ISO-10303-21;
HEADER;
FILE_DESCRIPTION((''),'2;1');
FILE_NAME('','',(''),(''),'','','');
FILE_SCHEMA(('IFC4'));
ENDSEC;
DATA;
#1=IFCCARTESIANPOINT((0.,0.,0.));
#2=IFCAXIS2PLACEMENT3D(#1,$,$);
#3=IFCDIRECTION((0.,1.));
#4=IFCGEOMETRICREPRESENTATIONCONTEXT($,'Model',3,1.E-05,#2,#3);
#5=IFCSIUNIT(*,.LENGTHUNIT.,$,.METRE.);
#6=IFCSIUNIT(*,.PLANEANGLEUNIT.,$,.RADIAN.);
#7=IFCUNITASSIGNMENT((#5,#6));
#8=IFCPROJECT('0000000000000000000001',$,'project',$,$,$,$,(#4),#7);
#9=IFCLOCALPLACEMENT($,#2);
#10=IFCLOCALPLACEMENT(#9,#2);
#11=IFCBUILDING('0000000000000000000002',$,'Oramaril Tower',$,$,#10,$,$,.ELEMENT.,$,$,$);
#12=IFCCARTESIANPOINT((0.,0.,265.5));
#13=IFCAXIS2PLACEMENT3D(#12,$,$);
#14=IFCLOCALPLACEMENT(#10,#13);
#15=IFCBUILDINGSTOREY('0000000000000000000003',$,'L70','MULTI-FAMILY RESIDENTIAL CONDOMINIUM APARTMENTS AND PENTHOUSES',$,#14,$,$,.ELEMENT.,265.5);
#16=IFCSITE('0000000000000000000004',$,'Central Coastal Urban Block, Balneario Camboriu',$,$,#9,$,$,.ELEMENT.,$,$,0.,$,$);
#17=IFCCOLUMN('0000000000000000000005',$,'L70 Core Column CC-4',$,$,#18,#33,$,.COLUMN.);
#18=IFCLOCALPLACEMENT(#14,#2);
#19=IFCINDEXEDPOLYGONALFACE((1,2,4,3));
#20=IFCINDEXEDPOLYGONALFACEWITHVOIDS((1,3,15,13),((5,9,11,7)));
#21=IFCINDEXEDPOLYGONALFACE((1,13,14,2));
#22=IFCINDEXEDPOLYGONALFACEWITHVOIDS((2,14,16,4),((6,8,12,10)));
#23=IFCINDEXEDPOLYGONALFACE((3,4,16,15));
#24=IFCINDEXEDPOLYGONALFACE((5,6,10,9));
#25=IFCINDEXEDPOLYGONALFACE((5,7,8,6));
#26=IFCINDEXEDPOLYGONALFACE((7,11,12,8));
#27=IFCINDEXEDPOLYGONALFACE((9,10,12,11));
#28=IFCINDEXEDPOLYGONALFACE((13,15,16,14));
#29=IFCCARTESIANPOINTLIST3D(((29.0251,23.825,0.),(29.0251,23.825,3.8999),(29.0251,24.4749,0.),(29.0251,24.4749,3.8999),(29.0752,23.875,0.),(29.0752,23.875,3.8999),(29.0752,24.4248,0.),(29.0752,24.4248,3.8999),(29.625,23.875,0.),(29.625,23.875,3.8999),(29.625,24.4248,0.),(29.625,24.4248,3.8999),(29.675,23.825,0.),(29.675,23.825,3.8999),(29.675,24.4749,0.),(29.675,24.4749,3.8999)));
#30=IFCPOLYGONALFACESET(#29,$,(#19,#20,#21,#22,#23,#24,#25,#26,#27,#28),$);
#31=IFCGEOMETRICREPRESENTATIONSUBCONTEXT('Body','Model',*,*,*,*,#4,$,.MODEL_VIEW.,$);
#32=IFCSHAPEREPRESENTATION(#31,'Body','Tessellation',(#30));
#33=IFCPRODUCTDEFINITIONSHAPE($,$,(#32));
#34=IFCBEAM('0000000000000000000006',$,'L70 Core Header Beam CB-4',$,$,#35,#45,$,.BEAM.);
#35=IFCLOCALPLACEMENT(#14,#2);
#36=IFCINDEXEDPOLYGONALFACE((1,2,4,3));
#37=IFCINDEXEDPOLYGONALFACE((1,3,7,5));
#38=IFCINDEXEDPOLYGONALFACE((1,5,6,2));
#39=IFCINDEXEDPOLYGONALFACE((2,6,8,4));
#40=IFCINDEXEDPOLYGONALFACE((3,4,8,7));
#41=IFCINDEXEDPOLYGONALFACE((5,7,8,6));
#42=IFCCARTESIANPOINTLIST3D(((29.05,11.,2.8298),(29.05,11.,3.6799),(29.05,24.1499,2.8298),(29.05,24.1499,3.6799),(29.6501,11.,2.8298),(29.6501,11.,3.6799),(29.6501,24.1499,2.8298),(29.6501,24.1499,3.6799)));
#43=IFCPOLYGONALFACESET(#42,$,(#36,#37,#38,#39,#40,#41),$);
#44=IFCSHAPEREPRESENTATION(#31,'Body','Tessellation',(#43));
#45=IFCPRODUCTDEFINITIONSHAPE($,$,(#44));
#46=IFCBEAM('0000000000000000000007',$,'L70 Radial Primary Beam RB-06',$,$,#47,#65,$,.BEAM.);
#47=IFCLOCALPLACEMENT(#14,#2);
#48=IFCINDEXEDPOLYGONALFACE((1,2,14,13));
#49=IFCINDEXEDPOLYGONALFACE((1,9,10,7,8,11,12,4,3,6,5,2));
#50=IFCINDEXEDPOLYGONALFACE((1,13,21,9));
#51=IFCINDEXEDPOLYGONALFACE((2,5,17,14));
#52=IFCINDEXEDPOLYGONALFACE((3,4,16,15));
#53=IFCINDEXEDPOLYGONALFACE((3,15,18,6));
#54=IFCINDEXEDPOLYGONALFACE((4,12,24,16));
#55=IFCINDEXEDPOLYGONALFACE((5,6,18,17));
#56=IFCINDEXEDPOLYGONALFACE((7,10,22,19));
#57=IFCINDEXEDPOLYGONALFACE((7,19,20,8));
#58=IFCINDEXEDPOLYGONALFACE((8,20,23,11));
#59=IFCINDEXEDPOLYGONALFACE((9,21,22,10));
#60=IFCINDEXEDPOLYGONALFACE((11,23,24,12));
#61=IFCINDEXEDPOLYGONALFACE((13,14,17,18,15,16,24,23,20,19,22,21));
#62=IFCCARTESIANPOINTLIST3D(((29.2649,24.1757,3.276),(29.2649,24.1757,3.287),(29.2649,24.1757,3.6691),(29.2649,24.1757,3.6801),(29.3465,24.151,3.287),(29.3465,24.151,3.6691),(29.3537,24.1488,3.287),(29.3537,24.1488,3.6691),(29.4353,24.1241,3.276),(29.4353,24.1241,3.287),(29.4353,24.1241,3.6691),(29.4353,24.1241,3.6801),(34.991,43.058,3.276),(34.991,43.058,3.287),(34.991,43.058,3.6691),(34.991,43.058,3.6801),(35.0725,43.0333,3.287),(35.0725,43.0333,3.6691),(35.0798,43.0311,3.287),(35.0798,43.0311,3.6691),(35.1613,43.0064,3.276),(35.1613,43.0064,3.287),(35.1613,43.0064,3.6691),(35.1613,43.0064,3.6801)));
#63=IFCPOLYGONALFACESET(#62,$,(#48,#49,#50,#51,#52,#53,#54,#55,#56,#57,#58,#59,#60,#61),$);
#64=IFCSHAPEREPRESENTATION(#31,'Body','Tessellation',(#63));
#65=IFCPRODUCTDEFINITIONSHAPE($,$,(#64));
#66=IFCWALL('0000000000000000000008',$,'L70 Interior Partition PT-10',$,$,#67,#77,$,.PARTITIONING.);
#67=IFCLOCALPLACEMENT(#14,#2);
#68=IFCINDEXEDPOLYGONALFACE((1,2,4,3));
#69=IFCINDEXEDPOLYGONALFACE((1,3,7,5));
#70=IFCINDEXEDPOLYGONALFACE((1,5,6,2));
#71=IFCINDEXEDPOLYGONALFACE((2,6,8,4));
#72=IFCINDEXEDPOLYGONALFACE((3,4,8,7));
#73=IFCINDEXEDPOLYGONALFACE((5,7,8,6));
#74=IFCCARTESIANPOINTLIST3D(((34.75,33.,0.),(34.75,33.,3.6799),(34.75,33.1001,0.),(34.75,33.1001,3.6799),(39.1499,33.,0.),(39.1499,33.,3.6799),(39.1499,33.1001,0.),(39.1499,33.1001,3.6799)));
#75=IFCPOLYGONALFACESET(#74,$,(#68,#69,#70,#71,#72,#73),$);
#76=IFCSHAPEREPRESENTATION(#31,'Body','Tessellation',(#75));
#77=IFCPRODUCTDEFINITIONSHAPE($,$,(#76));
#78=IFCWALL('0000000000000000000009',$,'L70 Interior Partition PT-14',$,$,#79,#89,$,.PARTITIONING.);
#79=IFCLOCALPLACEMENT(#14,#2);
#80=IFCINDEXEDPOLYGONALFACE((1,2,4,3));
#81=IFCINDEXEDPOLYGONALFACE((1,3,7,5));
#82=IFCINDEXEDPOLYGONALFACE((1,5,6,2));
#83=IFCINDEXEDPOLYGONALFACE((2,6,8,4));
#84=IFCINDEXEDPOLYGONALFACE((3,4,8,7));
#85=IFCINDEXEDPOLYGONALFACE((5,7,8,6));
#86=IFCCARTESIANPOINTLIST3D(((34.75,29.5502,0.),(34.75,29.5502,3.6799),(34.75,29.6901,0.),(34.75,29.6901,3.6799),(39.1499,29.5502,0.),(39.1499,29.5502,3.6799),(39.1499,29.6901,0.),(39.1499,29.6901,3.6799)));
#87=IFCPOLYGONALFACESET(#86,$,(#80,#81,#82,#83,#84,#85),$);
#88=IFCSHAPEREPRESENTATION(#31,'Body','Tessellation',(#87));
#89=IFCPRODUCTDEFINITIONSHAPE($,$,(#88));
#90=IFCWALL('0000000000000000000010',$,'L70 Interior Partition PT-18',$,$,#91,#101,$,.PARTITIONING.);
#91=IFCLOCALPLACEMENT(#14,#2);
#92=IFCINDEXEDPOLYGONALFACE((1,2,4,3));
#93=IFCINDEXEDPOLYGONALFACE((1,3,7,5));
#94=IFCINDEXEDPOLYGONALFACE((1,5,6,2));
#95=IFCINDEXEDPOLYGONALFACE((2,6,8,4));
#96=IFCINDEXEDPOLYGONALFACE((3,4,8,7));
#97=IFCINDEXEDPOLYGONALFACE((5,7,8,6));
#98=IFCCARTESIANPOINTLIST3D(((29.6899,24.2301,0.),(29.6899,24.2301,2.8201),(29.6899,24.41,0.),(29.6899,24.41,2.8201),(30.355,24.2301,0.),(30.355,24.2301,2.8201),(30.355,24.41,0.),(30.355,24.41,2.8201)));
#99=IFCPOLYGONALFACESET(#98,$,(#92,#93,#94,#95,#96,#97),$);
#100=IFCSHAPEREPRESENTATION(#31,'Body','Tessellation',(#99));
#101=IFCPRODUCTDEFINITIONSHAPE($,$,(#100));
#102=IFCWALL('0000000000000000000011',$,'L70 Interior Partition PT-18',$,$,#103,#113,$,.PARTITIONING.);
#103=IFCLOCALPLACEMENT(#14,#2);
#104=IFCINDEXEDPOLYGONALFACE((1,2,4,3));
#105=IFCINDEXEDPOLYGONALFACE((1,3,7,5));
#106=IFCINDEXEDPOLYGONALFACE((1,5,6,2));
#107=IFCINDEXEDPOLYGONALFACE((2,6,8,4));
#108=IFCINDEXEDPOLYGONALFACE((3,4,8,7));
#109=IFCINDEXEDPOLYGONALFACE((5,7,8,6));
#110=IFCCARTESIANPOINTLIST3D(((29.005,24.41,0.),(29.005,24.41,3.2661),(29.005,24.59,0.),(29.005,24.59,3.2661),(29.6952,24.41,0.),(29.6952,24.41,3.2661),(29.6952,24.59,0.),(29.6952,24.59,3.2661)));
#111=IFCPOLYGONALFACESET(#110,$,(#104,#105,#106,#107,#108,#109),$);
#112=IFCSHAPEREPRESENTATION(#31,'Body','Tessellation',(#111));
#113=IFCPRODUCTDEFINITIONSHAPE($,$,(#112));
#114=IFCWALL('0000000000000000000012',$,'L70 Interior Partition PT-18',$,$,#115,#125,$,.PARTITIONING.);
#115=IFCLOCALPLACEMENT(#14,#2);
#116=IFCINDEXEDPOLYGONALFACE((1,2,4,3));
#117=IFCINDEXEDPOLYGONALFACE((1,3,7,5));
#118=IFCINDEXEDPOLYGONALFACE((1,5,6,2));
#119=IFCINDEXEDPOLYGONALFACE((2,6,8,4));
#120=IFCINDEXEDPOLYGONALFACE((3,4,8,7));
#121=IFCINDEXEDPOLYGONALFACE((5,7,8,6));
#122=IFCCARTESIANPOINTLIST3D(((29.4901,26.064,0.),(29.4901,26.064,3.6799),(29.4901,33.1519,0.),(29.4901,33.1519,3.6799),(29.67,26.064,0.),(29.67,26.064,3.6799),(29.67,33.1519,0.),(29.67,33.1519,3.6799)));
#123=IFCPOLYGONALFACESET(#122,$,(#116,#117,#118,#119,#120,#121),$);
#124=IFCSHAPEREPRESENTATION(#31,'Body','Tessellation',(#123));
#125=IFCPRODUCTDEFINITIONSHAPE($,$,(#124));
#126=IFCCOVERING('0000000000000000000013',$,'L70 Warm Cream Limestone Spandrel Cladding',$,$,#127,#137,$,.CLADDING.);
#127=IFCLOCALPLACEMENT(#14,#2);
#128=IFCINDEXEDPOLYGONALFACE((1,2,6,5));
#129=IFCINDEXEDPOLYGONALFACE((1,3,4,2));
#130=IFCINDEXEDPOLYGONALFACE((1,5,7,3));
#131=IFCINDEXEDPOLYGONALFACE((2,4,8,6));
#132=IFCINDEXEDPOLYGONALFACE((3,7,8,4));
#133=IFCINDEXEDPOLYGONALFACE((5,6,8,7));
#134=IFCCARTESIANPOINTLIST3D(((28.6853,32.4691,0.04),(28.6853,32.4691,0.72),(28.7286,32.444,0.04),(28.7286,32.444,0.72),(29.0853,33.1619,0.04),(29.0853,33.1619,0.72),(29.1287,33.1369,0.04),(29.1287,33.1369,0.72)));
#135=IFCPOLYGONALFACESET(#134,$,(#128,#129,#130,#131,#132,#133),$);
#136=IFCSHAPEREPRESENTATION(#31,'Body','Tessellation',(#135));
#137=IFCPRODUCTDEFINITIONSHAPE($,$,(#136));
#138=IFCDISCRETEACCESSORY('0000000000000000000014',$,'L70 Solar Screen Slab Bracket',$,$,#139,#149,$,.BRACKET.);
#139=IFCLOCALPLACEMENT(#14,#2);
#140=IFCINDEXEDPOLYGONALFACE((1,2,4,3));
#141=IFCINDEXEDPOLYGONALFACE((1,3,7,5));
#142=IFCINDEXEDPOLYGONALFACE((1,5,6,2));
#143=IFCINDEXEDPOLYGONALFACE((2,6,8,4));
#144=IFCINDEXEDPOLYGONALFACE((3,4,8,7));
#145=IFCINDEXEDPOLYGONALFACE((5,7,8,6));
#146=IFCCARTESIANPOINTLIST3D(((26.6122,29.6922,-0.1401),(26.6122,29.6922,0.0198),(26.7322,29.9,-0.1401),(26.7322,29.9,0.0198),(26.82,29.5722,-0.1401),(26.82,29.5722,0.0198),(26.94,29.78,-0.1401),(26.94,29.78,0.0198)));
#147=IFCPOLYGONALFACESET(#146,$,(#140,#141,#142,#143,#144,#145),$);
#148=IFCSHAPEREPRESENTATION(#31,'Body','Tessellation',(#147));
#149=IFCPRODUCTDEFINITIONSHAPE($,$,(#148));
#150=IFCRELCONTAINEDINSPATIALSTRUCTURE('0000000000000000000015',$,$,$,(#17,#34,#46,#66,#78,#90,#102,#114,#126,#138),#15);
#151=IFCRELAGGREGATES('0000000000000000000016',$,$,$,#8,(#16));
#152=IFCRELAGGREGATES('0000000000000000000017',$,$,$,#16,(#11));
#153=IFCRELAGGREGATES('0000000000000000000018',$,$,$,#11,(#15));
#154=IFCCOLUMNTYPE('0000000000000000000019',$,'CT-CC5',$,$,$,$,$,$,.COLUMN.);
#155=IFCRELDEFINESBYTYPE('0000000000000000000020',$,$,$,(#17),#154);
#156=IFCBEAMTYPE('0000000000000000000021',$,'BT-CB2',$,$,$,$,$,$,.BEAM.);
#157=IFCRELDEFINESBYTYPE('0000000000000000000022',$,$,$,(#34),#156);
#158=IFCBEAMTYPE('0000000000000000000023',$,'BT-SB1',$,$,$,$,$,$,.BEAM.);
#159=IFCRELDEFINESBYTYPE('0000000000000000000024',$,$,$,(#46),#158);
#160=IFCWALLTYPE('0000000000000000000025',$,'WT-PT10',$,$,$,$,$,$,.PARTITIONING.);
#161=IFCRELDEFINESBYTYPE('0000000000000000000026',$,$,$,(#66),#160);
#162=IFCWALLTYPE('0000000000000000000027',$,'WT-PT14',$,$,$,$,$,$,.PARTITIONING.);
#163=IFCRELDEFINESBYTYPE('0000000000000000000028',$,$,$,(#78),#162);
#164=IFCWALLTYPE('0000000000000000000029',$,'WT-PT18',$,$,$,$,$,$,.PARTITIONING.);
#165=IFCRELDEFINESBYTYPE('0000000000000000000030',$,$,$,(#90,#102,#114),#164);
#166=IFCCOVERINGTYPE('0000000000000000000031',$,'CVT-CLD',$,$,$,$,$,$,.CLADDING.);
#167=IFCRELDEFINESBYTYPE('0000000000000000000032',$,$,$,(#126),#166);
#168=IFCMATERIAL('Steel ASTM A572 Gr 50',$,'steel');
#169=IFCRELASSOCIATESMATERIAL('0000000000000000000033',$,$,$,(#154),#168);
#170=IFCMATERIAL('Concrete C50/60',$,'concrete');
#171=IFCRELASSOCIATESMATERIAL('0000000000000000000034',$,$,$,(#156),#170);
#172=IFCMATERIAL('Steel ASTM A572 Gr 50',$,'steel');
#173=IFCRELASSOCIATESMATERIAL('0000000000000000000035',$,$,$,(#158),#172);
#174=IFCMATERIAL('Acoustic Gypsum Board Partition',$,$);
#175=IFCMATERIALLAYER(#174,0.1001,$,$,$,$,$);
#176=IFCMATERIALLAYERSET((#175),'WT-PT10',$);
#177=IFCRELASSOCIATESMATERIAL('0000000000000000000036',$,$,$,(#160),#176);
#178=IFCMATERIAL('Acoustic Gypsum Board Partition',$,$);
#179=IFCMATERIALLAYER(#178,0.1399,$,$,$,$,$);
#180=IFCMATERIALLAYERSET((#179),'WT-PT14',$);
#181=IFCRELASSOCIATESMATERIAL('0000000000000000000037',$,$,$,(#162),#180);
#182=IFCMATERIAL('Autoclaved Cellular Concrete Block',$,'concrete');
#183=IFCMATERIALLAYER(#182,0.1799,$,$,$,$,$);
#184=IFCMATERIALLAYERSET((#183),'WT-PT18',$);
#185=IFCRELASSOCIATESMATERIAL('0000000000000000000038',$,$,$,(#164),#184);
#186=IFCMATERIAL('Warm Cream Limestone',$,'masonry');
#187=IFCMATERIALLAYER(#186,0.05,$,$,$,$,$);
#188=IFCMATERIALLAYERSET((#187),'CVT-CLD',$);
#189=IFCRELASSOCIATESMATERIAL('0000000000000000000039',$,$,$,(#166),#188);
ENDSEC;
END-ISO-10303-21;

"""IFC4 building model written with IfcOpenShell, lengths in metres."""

from ifc_helpers import new_model, si_unit, direction, frame, frame_2d, origin, origin_2d, place, context, subcontext, project, spatial, rectangle, hollow_rectangle, i_section, extrude, material, layer, layer_set, material_profile, profile_set, type_object, element, save


model = new_model("IFC4")

# Units and contexts
model_context = context("Model", 3, precision=1e-05, world=origin(), true_north=direction((0.0, 1.0)))
body_context = subcontext(model_context, "Body", "Model", "MODEL_VIEW")
ifc_project = project(units=[si_unit("LENGTHUNIT", "METRE"), si_unit("PLANEANGLEUNIT", "RADIAN")], contexts=[model_context])

# Site, building, storey
site_placement = place(None, origin())
site = spatial("IfcSite", under=ifc_project, at=site_placement, Name="Central Coastal Urban Block, Balneario Camboriu", CompositionType="ELEMENT", RefElevation=0.0)
building_placement = place(site_placement, origin())
building = spatial("IfcBuilding", under=site, at=building_placement, Name="Oramaril Tower", CompositionType="ELEMENT")
storey_placement = place(building_placement, frame((0.0, 0.0, 265.5)))
storey = spatial("IfcBuildingStorey", under=building, at=storey_placement, Name="L70", Description="MULTI-FAMILY RESIDENTIAL CONDOMINIUM APARTMENTS AND PENTHOUSES", CompositionType="ELEMENT", Elevation=265.5)

# Column
ifc_material_1 = material(Name="Steel ASTM A572 Gr 50", Category="steel")
ifc_material_profile_1 = material_profile(ifc_material_1, hollow_rectangle(XDim=0.6499, YDim=0.6499, WallThickness=0.05, at=origin_2d()), Name="BOX650X650X50")
ifc_profile_set_1 = profile_set([ifc_material_profile_1], Name="Steel ASTM A572 Gr 50")
column_type = type_object("IfcColumnType", Name="CT-CC5", PredefinedType="COLUMN", material=ifc_profile_set_1)
column_placement = place(storey_placement, frame((29.3501, 24.1499, 0.0), z_axis=(0.0, 0.0, 1.0), x_axis=(1.0, 0.0, 0.0)))
element("IfcColumn", 1, at=column_placement, inside=storey, type_object=column_type, Name="L70 Core Column CC-4", PredefinedType="COLUMN", context=body_context, shape_type="SweptSolid", body=[
    extrude(hollow_rectangle(XDim=0.6499, YDim=0.6499, WallThickness=0.05, at=origin_2d()), origin(), (0.0, 0.0, 1.0), 3.8999),
])

# Beams
ifc_material_2 = material(Name="Concrete C50/60", Category="concrete")
ifc_material_profile_2 = material_profile(ifc_material_2, rectangle(XDim=0.6001, YDim=0.8501, at=origin_2d()), Name="CB600X850")
ifc_profile_set_2 = profile_set([ifc_material_profile_2], Name="Concrete C50/60")
beam_type_1 = type_object("IfcBeamType", Name="BT-CB2", PredefinedType="BEAM", material=ifc_profile_set_2)
beam_1_placement = place(storey_placement, frame((29.3501, 24.1499, 3.2549), z_axis=(0.0, -1.0, 0.0), x_axis=(1.0, 0.0, 0.0)))
element("IfcBeam", 2, at=beam_1_placement, inside=storey, type_object=beam_type_1, Name="L70 Core Header Beam CB-4", PredefinedType="BEAM", context=body_context, shape_type="SweptSolid", body=[
    extrude(rectangle(XDim=0.6001, YDim=0.8501, at=origin_2d()), origin(), (0.0, 0.0, 1.0), 13.1499),
])
ifc_material_3 = material(Name="Steel ASTM A572 Gr 50", Category="steel")
ifc_material_profile_3 = material_profile(ifc_material_3, i_section(OverallWidth=0.178, OverallDepth=0.4041, WebThickness=0.0076, FlangeThickness=0.011, at=origin_2d()), Name="W16X36")
ifc_profile_set_3 = profile_set([ifc_material_profile_3], Name="Steel ASTM A572 Gr 50")
beam_type_2 = type_object("IfcBeamType", Name="BT-SB1", PredefinedType="BEAM", material=ifc_profile_set_3)
beam_2_placement = place(storey_placement, frame((29.3501, 24.1499, 3.478), z_axis=(0.2902, 0.956966, 0.0), x_axis=(-0.956966, 0.2902, 0.0)))
element("IfcBeam", 3, at=beam_2_placement, inside=storey, type_object=beam_type_2, Name="L70 Radial Primary Beam RB-06", PredefinedType="BEAM", context=body_context, shape_type="SweptSolid", body=[
    extrude(i_section(OverallWidth=0.178, OverallDepth=0.4041, WebThickness=0.0076, FlangeThickness=0.011, at=origin_2d()), origin(), (0.0, 0.0, 1.0), 19.7314),
])

# Walls
ifc_material_4 = material(Name="Acoustic Gypsum Board Partition")
ifc_layer_1 = layer(ifc_material_4, 0.1001)
ifc_layer_set_1 = layer_set([ifc_layer_1], Name="WT-PT10")
wall_type_1 = type_object("IfcWallType", Name="WT-PT10", PredefinedType="PARTITIONING", material=ifc_layer_set_1)
wall_1_placement = place(storey_placement, frame((34.75, 33.05, 0.0), z_axis=(0.0, 0.0, 1.0), x_axis=(1.0, 0.0, 0.0)))
element("IfcWall", 4, at=wall_1_placement, inside=storey, type_object=wall_type_1, Name="L70 Interior Partition PT-10", PredefinedType="PARTITIONING", context=body_context, shape_type="SweptSolid", body=[
    extrude(rectangle(XDim=4.3999, YDim=0.1001, at=frame_2d((2.2, 0.0))), origin(), (0.0, 0.0, 1.0), 3.6799),
])
ifc_material_5 = material(Name="Acoustic Gypsum Board Partition")
ifc_layer_2 = layer(ifc_material_5, 0.1399)
ifc_layer_set_2 = layer_set([ifc_layer_2], Name="WT-PT14")
wall_type_2 = type_object("IfcWallType", Name="WT-PT14", PredefinedType="PARTITIONING", material=ifc_layer_set_2)
wall_2_placement = place(storey_placement, frame((34.75, 29.6201, 0.0), z_axis=(0.0, 0.0, 1.0), x_axis=(1.0, 0.0, 0.0)))
element("IfcWall", 5, at=wall_2_placement, inside=storey, type_object=wall_type_2, Name="L70 Interior Partition PT-14", PredefinedType="PARTITIONING", context=body_context, shape_type="SweptSolid", body=[
    extrude(rectangle(XDim=4.3999, YDim=0.1399, at=frame_2d((2.2, 0.0))), origin(), (0.0, 0.0, 1.0), 3.6799),
])
ifc_material_6 = material(Name="Autoclaved Cellular Concrete Block", Category="concrete")
ifc_layer_3 = layer(ifc_material_6, 0.1799)
ifc_layer_set_3 = layer_set([ifc_layer_3], Name="WT-PT18")
wall_type_3 = type_object("IfcWallType", Name="WT-PT18", PredefinedType="PARTITIONING", material=ifc_layer_set_3)
wall_3_placement = place(storey_placement, frame((29.6899, 24.3201, 0.0), z_axis=(0.0, 0.0, 1.0), x_axis=(1.0, 0.0, 0.0)))
element("IfcWall", 6, at=wall_3_placement, inside=storey, type_object=wall_type_3, Name="L70 Interior Partition PT-18", PredefinedType="PARTITIONING", context=body_context, shape_type="SweptSolid", body=[
    extrude(rectangle(XDim=0.665, YDim=0.1799, at=frame_2d((0.3325, 0.0))), origin(), (0.0, 0.0, 1.0), 2.8201),
])
wall_4_placement = place(storey_placement, frame((29.0049, 24.5, 0.0), z_axis=(0.0, 0.0, 1.0), x_axis=(1.0, 0.0, 0.0)))
element("IfcWall", 7, at=wall_4_placement, inside=storey, type_object=wall_type_3, Name="L70 Interior Partition PT-18", PredefinedType="PARTITIONING", context=body_context, shape_type="SweptSolid", body=[
    extrude(rectangle(XDim=0.6902, YDim=0.1799, at=frame_2d((0.3452, 0.0))), origin(), (0.0, 0.0, 1.0), 3.2661),
])
wall_5_placement = place(storey_placement, frame((29.5801, 26.064, 0.0), z_axis=(0.0, 0.0, 1.0), x_axis=(0.0, 1.0, 0.0)))
element("IfcWall", 8, at=wall_5_placement, inside=storey, type_object=wall_type_3, Name="L70 Interior Partition PT-18", PredefinedType="PARTITIONING", context=body_context, shape_type="SweptSolid", body=[
    extrude(rectangle(XDim=7.0879, YDim=0.1799, at=frame_2d((3.5439, 0.0))), origin(), (0.0, 0.0, 1.0), 3.6799),
])

# Covering
ifc_material_7 = material(Name="Warm Cream Limestone", Category="masonry")
ifc_layer_4 = layer(ifc_material_7, 0.05)
ifc_layer_set_4 = layer_set([ifc_layer_4], Name="CVT-CLD")
covering_type = type_object("IfcCoveringType", Name="CVT-CLD", PredefinedType="CLADDING", material=ifc_layer_set_4)
covering_placement = place(storey_placement, frame((28.907, 32.803, 0.04), z_axis=(0.0, 0.0, 1.0), x_axis=(-0.499998, -0.866026, 0.0)))
element("IfcCovering", 9, at=covering_placement, inside=storey, type_object=covering_type, Name="L70 Warm Cream Limestone Spandrel Cladding", PredefinedType="CLADDING", context=body_context, shape_type="SweptSolid", body=[
    extrude(rectangle(XDim=0.8, YDim=0.05, at=origin_2d()), origin(), (0.0, 0.0, 1.0), 0.6799),
])

# Discrete accessory
discrete_accessory_placement = place(storey_placement, frame((26.7761, 29.7361, -0.1401), z_axis=(0.0, 0.0, 1.0), x_axis=(-0.499998, -0.866026, 0.0)))
element("IfcDiscreteAccessory", 10, at=discrete_accessory_placement, inside=storey, Name="L70 Solar Screen Slab Bracket", PredefinedType="BRACKET", context=body_context, shape_type="SweptSolid", body=[
    extrude(rectangle(XDim=0.24, YDim=0.24, at=origin_2d()), origin(), (0.0, 0.0, 1.0), 0.1599),
])

save(model, "model.ifc")
